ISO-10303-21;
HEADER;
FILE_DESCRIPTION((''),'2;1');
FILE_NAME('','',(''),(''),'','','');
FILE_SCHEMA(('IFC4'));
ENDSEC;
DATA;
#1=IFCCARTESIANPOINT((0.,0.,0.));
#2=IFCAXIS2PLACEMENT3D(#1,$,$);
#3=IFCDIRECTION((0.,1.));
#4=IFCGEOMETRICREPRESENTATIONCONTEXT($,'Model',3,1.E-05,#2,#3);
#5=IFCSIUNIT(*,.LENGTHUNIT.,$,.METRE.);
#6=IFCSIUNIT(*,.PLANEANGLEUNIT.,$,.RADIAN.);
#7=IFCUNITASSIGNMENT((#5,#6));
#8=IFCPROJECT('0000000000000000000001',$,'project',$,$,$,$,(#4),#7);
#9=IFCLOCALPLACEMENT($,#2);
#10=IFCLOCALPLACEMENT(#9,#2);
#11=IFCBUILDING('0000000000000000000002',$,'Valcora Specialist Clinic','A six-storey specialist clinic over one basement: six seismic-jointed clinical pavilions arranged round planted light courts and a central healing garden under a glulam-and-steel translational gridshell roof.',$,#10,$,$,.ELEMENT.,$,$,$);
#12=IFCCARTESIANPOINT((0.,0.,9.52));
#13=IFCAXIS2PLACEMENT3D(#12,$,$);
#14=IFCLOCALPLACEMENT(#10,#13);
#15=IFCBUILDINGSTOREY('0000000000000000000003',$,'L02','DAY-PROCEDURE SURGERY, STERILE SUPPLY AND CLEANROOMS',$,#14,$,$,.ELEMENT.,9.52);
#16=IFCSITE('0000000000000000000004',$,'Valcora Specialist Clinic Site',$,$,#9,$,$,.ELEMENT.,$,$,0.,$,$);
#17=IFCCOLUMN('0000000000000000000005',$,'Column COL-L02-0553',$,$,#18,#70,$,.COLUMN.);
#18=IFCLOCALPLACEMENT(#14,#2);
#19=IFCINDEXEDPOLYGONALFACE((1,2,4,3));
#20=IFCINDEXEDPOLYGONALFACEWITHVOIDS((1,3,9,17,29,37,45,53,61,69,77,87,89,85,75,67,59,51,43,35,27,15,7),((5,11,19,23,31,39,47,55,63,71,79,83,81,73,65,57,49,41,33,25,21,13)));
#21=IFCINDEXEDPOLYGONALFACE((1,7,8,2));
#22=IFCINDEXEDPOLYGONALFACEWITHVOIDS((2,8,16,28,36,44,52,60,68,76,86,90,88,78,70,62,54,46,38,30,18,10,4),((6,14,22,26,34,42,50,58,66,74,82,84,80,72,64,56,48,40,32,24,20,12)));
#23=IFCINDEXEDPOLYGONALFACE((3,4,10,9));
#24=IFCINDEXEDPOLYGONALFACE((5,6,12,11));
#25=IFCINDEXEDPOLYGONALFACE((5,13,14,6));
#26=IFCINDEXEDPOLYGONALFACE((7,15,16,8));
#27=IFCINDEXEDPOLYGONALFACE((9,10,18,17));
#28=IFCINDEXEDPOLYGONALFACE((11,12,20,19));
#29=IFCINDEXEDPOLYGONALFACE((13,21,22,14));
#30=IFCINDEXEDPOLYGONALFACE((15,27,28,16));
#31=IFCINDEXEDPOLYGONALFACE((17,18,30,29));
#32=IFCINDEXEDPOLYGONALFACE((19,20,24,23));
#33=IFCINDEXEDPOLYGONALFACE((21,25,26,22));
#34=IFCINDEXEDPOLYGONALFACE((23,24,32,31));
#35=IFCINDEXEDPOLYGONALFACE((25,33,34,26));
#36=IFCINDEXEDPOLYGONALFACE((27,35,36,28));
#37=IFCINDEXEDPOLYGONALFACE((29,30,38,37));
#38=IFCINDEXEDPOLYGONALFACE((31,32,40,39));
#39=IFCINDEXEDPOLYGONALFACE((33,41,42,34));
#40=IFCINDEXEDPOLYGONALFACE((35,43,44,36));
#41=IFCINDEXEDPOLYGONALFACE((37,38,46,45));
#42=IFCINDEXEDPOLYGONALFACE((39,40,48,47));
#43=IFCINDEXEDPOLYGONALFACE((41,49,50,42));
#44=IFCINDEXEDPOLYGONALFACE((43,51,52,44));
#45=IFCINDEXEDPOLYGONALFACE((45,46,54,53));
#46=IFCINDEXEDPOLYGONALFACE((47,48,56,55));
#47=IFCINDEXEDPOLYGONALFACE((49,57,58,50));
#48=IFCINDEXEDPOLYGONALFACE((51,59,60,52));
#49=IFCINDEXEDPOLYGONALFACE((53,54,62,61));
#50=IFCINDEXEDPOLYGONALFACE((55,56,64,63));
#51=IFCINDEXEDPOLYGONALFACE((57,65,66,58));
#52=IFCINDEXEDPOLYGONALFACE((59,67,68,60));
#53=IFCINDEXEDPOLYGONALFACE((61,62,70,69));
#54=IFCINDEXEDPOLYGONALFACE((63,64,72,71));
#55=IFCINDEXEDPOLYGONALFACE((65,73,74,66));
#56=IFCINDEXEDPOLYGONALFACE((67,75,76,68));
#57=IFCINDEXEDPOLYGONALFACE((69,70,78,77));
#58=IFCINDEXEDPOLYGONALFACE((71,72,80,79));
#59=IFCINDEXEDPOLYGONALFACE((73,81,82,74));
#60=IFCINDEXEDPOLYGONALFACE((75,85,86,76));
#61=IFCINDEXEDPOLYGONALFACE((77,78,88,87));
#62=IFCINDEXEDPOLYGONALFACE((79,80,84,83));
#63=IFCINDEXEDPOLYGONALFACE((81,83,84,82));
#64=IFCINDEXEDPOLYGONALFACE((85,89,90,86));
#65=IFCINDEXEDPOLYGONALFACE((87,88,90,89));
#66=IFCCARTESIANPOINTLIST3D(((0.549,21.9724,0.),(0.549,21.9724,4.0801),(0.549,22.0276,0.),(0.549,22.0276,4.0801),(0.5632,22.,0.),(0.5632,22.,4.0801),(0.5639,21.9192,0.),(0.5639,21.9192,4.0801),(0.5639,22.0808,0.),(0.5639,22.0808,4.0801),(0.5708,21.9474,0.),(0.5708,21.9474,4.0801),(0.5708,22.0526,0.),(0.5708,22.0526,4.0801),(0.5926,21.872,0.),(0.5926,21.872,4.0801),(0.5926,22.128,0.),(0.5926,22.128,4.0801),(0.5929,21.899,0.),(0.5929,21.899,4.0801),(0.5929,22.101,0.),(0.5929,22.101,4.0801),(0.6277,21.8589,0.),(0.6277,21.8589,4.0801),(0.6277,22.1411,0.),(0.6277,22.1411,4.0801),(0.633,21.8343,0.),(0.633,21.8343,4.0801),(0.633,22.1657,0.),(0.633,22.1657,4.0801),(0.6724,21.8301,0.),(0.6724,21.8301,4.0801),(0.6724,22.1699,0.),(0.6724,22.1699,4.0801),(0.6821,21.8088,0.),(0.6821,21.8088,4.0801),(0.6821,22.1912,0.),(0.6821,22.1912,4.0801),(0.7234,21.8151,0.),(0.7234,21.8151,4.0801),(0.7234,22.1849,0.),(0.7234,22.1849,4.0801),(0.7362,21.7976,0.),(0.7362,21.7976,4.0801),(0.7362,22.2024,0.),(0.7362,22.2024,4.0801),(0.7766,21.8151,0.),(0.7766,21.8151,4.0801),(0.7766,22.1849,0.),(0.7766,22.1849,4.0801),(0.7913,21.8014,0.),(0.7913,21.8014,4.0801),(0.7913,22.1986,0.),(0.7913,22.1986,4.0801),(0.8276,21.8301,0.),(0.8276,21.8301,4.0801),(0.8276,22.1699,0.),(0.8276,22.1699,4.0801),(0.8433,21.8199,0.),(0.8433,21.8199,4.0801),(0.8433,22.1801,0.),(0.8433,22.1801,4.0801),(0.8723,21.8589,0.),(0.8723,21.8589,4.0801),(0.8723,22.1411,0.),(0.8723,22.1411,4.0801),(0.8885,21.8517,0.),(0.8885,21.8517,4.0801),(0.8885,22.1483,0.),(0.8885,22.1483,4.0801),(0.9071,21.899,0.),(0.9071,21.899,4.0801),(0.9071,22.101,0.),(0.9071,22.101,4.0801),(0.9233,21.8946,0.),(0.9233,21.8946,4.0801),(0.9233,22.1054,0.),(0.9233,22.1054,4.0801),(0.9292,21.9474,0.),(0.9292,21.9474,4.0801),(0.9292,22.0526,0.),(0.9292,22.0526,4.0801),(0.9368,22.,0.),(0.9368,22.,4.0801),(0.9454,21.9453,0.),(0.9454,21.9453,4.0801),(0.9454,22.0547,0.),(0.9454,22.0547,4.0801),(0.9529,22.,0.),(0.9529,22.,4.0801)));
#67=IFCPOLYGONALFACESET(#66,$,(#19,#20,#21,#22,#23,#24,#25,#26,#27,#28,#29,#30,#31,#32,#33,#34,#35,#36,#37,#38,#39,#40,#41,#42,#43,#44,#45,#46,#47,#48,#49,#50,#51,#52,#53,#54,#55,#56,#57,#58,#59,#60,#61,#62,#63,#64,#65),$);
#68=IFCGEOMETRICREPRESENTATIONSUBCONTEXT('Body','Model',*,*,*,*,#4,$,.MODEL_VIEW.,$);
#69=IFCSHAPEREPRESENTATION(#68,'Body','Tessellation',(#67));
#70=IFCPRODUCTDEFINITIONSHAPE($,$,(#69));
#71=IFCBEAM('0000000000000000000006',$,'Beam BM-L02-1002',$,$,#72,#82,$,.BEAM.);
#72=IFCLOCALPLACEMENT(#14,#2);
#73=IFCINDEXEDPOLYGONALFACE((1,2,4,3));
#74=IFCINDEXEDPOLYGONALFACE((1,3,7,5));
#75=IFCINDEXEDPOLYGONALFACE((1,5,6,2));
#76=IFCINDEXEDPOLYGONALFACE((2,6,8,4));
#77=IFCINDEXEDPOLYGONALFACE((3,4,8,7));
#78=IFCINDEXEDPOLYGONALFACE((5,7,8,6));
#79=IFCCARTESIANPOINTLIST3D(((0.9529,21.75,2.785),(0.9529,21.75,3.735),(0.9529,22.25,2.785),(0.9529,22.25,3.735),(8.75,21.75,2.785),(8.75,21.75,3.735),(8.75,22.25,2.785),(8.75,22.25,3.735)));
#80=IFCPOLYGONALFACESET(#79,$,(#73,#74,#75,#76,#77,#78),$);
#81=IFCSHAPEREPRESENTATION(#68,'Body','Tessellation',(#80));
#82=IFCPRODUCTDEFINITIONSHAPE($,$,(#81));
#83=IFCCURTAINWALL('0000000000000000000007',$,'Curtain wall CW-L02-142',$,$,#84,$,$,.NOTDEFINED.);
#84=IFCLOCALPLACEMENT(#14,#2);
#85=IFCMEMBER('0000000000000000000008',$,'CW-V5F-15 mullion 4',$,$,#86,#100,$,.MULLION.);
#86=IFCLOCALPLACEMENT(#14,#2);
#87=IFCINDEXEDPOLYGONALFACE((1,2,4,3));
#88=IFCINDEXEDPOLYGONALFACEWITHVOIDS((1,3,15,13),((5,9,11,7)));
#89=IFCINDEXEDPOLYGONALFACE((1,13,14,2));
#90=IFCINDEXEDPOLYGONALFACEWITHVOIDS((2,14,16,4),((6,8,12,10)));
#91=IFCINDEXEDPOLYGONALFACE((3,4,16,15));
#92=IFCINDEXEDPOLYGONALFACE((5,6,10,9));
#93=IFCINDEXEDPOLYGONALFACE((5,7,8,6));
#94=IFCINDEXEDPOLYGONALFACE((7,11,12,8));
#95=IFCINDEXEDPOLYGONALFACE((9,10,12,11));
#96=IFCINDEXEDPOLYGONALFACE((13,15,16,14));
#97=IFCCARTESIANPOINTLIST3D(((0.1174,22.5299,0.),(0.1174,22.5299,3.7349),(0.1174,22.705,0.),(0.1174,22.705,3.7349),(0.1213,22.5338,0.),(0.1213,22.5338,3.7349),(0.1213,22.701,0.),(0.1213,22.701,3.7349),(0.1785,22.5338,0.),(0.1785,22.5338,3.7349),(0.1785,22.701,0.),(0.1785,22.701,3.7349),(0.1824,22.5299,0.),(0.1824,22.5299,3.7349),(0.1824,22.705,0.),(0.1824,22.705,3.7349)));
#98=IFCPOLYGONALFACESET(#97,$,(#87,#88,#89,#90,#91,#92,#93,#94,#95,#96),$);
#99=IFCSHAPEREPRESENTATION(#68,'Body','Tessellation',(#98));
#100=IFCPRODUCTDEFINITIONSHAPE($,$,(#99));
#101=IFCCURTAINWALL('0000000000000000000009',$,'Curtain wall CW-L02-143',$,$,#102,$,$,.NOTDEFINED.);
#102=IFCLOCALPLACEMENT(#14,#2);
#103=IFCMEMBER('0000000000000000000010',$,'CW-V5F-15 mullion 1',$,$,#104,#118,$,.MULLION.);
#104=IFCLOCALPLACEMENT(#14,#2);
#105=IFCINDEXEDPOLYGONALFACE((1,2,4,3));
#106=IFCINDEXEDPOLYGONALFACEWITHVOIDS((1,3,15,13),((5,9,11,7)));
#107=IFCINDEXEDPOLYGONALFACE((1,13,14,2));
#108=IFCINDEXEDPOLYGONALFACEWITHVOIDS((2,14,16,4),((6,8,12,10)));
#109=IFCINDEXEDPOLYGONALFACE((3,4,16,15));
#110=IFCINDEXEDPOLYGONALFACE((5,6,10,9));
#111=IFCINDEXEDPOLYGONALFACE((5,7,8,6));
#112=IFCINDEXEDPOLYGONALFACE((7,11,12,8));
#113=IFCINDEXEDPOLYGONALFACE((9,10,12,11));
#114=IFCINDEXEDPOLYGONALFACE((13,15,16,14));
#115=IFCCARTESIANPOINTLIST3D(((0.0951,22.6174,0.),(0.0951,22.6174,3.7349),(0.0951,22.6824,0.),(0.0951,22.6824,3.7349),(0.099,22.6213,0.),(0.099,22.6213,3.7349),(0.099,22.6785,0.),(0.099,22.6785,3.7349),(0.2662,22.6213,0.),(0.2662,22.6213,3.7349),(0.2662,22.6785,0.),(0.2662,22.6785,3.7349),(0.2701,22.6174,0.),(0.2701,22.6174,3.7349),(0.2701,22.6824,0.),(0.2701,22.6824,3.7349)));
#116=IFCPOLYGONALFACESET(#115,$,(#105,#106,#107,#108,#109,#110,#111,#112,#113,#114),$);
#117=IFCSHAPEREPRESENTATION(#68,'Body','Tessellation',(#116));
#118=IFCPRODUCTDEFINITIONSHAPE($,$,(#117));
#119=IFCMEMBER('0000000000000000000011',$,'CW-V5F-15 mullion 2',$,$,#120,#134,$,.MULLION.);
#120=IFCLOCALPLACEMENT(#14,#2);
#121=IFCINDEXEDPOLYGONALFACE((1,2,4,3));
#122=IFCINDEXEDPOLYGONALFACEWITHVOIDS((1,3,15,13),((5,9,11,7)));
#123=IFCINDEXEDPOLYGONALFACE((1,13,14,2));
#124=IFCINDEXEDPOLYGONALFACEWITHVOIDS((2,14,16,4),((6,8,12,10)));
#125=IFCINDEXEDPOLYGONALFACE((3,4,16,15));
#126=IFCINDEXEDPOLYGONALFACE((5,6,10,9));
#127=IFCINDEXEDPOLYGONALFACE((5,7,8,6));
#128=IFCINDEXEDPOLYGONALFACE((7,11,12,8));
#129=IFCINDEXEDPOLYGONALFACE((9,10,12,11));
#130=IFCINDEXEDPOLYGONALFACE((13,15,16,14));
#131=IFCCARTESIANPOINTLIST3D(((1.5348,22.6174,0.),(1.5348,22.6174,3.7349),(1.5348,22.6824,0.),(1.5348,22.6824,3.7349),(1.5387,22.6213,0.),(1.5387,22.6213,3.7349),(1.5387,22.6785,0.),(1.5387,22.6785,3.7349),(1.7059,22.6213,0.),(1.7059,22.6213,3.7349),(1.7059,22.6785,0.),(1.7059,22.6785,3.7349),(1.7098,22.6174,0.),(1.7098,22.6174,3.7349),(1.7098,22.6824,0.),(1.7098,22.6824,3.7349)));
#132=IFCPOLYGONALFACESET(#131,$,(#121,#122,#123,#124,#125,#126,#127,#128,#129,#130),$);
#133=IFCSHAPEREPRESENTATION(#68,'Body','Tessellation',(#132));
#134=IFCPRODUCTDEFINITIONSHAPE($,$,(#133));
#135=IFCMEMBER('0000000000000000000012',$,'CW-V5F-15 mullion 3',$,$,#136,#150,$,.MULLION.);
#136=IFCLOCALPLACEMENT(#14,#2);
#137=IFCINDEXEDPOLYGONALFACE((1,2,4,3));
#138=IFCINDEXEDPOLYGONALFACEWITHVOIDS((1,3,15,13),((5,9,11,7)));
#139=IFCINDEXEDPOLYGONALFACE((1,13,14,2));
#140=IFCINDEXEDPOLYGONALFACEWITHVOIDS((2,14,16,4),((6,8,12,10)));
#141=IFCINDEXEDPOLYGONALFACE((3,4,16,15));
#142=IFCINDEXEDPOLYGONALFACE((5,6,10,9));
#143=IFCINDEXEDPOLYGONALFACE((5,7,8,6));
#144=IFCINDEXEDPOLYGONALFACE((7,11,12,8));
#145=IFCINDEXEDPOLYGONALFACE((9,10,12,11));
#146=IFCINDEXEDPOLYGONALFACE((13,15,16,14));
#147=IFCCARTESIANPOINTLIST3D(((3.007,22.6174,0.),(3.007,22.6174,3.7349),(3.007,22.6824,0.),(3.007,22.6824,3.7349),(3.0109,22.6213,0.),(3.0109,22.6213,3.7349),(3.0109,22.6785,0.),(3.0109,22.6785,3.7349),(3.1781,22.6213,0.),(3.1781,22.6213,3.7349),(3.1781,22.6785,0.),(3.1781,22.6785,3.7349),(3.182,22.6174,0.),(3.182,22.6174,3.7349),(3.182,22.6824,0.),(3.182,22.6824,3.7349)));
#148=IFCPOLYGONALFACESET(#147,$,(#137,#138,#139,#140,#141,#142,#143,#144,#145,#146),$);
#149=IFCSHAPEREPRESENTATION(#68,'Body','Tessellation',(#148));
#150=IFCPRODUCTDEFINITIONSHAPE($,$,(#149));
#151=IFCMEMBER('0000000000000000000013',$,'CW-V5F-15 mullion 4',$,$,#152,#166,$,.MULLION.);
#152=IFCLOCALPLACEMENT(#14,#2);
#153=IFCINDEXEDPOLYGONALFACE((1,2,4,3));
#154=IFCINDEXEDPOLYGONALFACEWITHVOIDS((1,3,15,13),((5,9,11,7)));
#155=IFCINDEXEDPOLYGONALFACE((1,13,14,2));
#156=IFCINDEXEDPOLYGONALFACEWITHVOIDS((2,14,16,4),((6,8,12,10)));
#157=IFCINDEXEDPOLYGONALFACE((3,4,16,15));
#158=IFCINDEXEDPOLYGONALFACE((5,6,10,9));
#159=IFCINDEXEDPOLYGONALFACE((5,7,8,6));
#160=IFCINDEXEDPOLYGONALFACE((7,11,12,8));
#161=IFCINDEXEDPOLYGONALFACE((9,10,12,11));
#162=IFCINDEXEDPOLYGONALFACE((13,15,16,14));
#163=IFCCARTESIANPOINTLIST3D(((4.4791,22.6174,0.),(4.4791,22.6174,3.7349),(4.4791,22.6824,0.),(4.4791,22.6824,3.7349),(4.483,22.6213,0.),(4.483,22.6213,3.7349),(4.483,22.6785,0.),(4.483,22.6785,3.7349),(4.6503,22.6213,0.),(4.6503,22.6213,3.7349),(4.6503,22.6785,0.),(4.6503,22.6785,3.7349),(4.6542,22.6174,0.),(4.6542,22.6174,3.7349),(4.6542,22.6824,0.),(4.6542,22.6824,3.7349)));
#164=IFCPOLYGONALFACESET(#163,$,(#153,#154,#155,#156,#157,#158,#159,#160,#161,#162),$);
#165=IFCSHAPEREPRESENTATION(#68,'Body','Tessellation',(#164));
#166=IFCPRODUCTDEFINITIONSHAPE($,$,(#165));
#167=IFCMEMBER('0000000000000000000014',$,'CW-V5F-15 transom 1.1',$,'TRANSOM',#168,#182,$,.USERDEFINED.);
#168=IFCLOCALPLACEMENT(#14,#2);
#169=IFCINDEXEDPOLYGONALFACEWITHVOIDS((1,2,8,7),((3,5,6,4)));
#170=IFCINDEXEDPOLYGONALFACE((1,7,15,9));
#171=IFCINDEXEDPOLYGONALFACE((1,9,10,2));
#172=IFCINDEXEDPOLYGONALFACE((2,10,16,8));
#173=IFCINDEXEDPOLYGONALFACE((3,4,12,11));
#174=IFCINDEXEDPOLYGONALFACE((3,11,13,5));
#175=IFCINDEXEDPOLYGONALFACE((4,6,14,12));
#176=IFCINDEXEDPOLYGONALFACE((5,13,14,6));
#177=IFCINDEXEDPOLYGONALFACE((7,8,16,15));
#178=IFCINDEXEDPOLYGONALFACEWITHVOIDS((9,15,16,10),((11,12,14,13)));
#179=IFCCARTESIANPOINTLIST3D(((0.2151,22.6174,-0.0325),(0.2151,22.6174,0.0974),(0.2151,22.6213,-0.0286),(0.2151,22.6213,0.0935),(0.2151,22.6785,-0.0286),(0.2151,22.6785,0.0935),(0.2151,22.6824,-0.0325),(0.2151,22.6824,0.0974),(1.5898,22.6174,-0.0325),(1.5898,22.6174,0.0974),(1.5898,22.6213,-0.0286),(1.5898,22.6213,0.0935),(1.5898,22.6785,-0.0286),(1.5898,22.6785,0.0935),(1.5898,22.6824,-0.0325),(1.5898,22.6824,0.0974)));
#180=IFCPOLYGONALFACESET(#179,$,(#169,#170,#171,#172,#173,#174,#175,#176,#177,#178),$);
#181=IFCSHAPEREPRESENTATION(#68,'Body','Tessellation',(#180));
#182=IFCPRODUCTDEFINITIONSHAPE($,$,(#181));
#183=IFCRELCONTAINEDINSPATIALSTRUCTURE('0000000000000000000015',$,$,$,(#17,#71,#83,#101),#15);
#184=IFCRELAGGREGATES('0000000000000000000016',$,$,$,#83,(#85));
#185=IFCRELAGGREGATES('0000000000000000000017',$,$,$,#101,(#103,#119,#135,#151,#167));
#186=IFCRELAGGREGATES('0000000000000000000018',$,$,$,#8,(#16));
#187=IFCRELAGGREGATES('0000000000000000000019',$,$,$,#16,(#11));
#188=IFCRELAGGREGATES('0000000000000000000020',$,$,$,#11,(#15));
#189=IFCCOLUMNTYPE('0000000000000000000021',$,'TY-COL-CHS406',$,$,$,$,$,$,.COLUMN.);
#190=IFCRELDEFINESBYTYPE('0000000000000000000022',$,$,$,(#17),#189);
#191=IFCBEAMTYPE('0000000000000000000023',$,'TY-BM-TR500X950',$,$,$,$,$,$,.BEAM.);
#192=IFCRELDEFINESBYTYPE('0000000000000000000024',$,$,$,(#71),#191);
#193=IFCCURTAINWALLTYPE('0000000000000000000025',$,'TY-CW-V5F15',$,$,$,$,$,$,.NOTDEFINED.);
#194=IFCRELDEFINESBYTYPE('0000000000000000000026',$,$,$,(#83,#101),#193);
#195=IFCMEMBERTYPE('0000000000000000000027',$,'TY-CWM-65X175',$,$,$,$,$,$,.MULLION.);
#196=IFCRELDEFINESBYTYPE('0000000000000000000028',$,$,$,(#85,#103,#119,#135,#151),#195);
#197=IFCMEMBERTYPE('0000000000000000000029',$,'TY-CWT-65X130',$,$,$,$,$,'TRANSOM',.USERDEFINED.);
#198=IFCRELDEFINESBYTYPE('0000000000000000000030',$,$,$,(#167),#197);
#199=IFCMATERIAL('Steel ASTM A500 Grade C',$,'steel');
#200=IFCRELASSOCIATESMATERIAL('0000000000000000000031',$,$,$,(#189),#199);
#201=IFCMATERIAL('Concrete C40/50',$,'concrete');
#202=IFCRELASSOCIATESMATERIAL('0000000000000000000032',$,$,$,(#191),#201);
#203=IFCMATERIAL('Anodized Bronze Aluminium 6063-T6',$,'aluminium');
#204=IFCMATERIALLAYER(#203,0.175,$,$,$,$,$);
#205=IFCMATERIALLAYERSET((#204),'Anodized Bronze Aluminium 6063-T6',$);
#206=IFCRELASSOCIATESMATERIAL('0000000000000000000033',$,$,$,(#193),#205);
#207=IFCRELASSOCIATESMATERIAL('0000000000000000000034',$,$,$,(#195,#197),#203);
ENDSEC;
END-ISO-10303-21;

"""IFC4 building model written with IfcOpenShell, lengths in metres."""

from ifc_helpers import new_model, si_unit, direction, frame, origin, origin_2d, place, context, subcontext, project, spatial, rectangle, hollow_rectangle, hollow_circle, extrude, material, layer, layer_set, material_profile, profile_set, type_object, element, aggregate, save


model = new_model("IFC4")

# Units and contexts
model_context = context("Model", 3, precision=1e-05, world=origin(), true_north=direction((0.0, 1.0)))
body_context = subcontext(model_context, "Body", "Model", "MODEL_VIEW")
ifc_project = project(units=[si_unit("LENGTHUNIT", "METRE"), si_unit("PLANEANGLEUNIT", "RADIAN")], contexts=[model_context])

# Site, building, storey
site_placement = place(None, origin())
site = spatial("IfcSite", under=ifc_project, at=site_placement, Name="Valcora Specialist Clinic Site", CompositionType="ELEMENT", RefElevation=0.0)
building_placement = place(site_placement, origin())
building = spatial("IfcBuilding", under=site, at=building_placement, Name="Valcora Specialist Clinic", Description="A six-storey specialist clinic over one basement: six seismic-jointed clinical pavilions arranged round planted light courts and a central healing garden under a glulam-and-steel translational gridshell roof.", CompositionType="ELEMENT")
storey_placement = place(building_placement, frame((0.0, 0.0, 9.52)))
storey = spatial("IfcBuildingStorey", under=building, at=storey_placement, Name="L02", Description="DAY-PROCEDURE SURGERY, STERILE SUPPLY AND CLEANROOMS", CompositionType="ELEMENT", Elevation=9.52)

# Column
ifc_material_1 = material(Name="Steel ASTM A500 Grade C", Category="steel")
ifc_material_profile_1 = material_profile(ifc_material_1, hollow_circle(Radius=0.2029, WallThickness=0.0161, at=origin_2d()), Name="ST-CHS-406X16")
ifc_profile_set_1 = profile_set([ifc_material_profile_1], Name="Steel ASTM A500 Grade C")
column_type = type_object("IfcColumnType", Name="TY-COL-CHS406", PredefinedType="COLUMN", material=ifc_profile_set_1)
column_placement = place(storey_placement, frame((0.75, 22.0, 0.0), z_axis=(0.0, 0.0, 1.0), x_axis=(1.0, 0.0, 0.0)))
element("IfcColumn", 1, at=column_placement, inside=storey, type_object=column_type, Name="Column COL-L02-0553", PredefinedType="COLUMN", context=body_context, shape_type="SweptSolid", body=[
    extrude(hollow_circle(Radius=0.2029, WallThickness=0.0161, at=origin_2d()), origin(), (0.0, 0.0, 1.0), 4.0801),
])

# Beam
ifc_material_2 = material(Name="Concrete C40/50", Category="concrete")
ifc_material_profile_2 = material_profile(ifc_material_2, rectangle(XDim=0.5, YDim=0.95, at=origin_2d()), Name="RC-BM-500X950")
ifc_profile_set_2 = profile_set([ifc_material_profile_2], Name="Concrete C40/50")
beam_type = type_object("IfcBeamType", Name="TY-BM-TR500X950", PredefinedType="BEAM", material=ifc_profile_set_2)
beam_placement = place(storey_placement, frame((0.9529, 22.0, 3.26), z_axis=(1.0, 0.0, 0.0), x_axis=(0.0, 1.0, 0.0)))
element("IfcBeam", 2, at=beam_placement, inside=storey, type_object=beam_type, Name="Beam BM-L02-1002", PredefinedType="BEAM", context=body_context, shape_type="SweptSolid", body=[
    extrude(rectangle(XDim=0.5, YDim=0.95, at=origin_2d()), origin(), (0.0, 0.0, 1.0), 7.7971),
])

# Curtain wall, member
ifc_material_3 = material(Name="Anodized Bronze Aluminium 6063-T6", Category="aluminium")
ifc_layer_1 = layer(ifc_material_3, 0.175)
ifc_layer_set_1 = layer_set([ifc_layer_1], Name="Anodized Bronze Aluminium 6063-T6")
curtain_wall_type = type_object("IfcCurtainWallType", Name="TY-CW-V5F15", PredefinedType="NOTDEFINED", material=ifc_layer_set_1)
curtain_wall_1_placement = place(storey_placement, origin())
curtain_wall_1 = element("IfcCurtainWall", 3, at=curtain_wall_1_placement, inside=storey, type_object=curtain_wall_type, Name="Curtain wall CW-L02-142", PredefinedType="NOTDEFINED")
ifc_material_profile_3 = material_profile(ifc_material_3, hollow_rectangle(XDim=0.0649, YDim=0.175, WallThickness=0.0039, at=origin_2d()), Name="AL-MUL-65X175")
ifc_profile_set_3 = profile_set([ifc_material_profile_3], Name="Anodized Bronze Aluminium 6063-T6")
member_type_1 = type_object("IfcMemberType", Name="TY-CWM-65X175", PredefinedType="MULLION", material=ifc_profile_set_3)
member_1_placement = place(storey_placement, frame((0.1499, 22.6174, 0.0), z_axis=(0.0, 0.0, 1.0), x_axis=(-1.0, 0.0, 0.0)))
member_1 = element("IfcMember", 4, at=member_1_placement, type_object=member_type_1, Name="CW-V5F-15 mullion 4", PredefinedType="MULLION", context=body_context, shape_type="SweptSolid", body=[
    extrude(hollow_rectangle(XDim=0.0649, YDim=0.175, WallThickness=0.0039, at=origin_2d()), origin(), (0.0, 0.0, 1.0), 3.7349),
])

# Curtain wall, members
curtain_wall_2_placement = place(storey_placement, origin())
curtain_wall_2 = element("IfcCurtainWall", 5, at=curtain_wall_2_placement, inside=storey, type_object=curtain_wall_type, Name="Curtain wall CW-L02-143", PredefinedType="NOTDEFINED")
member_2_placement = place(storey_placement, frame((0.1826, 22.6499, 0.0), z_axis=(0.0, 0.0, 1.0), x_axis=(0.0, 1.0, 0.0)))
member_2 = element("IfcMember", 6, at=member_2_placement, type_object=member_type_1, Name="CW-V5F-15 mullion 1", PredefinedType="MULLION", context=body_context, shape_type="SweptSolid", body=[
    extrude(hollow_rectangle(XDim=0.0649, YDim=0.175, WallThickness=0.0039, at=origin_2d()), origin(), (0.0, 0.0, 1.0), 3.7349),
])
member_3_placement = place(storey_placement, frame((1.6223, 22.6499, 0.0), z_axis=(0.0, 0.0, 1.0), x_axis=(0.0, 1.0, 0.0)))
member_3 = element("IfcMember", 7, at=member_3_placement, type_object=member_type_1, Name="CW-V5F-15 mullion 2", PredefinedType="MULLION", context=body_context, shape_type="SweptSolid", body=[
    extrude(hollow_rectangle(XDim=0.0649, YDim=0.175, WallThickness=0.0039, at=origin_2d()), origin(), (0.0, 0.0, 1.0), 3.7349),
])
member_4_placement = place(storey_placement, frame((3.0945, 22.6499, 0.0), z_axis=(0.0, 0.0, 1.0), x_axis=(0.0, 1.0, 0.0)))
member_4 = element("IfcMember", 8, at=member_4_placement, type_object=member_type_1, Name="CW-V5F-15 mullion 3", PredefinedType="MULLION", context=body_context, shape_type="SweptSolid", body=[
    extrude(hollow_rectangle(XDim=0.0649, YDim=0.175, WallThickness=0.0039, at=origin_2d()), origin(), (0.0, 0.0, 1.0), 3.7349),
])
member_5_placement = place(storey_placement, frame((4.5667, 22.6499, 0.0), z_axis=(0.0, 0.0, 1.0), x_axis=(0.0, 1.0, 0.0)))
member_5 = element("IfcMember", 9, at=member_5_placement, type_object=member_type_1, Name="CW-V5F-15 mullion 4", PredefinedType="MULLION", context=body_context, shape_type="SweptSolid", body=[
    extrude(hollow_rectangle(XDim=0.0649, YDim=0.175, WallThickness=0.0039, at=origin_2d()), origin(), (0.0, 0.0, 1.0), 3.7349),
])
ifc_material_profile_4 = material_profile(ifc_material_3, hollow_rectangle(XDim=0.0649, YDim=0.1299, WallThickness=0.0039, at=origin_2d()), Name="AL-TRN-65X130")
ifc_profile_set_4 = profile_set([ifc_material_profile_4], Name="Anodized Bronze Aluminium 6063-T6")
member_type_2 = type_object("IfcMemberType", Name="TY-CWT-65X130", ElementType="TRANSOM", PredefinedType="USERDEFINED", material=ifc_profile_set_4)
member_6_placement = place(storey_placement, frame((0.2151, 22.6499, 0.0325), z_axis=(1.0, 0.0, 0.0), x_axis=(0.0, 1.0, 0.0)))
member_6 = element("IfcMember", 10, at=member_6_placement, type_object=member_type_2, Name="CW-V5F-15 transom 1.1", ObjectType="TRANSOM", PredefinedType="USERDEFINED", context=body_context, shape_type="SweptSolid", body=[
    extrude(hollow_rectangle(XDim=0.0649, YDim=0.1299, WallThickness=0.0039, at=origin_2d()), origin(), (0.0, 0.0, 1.0), 1.3748),
])

aggregate(curtain_wall_1, [member_1])
aggregate(curtain_wall_2, [member_2, member_3, member_4, member_5, member_6])

save(model, "model.ifc")
